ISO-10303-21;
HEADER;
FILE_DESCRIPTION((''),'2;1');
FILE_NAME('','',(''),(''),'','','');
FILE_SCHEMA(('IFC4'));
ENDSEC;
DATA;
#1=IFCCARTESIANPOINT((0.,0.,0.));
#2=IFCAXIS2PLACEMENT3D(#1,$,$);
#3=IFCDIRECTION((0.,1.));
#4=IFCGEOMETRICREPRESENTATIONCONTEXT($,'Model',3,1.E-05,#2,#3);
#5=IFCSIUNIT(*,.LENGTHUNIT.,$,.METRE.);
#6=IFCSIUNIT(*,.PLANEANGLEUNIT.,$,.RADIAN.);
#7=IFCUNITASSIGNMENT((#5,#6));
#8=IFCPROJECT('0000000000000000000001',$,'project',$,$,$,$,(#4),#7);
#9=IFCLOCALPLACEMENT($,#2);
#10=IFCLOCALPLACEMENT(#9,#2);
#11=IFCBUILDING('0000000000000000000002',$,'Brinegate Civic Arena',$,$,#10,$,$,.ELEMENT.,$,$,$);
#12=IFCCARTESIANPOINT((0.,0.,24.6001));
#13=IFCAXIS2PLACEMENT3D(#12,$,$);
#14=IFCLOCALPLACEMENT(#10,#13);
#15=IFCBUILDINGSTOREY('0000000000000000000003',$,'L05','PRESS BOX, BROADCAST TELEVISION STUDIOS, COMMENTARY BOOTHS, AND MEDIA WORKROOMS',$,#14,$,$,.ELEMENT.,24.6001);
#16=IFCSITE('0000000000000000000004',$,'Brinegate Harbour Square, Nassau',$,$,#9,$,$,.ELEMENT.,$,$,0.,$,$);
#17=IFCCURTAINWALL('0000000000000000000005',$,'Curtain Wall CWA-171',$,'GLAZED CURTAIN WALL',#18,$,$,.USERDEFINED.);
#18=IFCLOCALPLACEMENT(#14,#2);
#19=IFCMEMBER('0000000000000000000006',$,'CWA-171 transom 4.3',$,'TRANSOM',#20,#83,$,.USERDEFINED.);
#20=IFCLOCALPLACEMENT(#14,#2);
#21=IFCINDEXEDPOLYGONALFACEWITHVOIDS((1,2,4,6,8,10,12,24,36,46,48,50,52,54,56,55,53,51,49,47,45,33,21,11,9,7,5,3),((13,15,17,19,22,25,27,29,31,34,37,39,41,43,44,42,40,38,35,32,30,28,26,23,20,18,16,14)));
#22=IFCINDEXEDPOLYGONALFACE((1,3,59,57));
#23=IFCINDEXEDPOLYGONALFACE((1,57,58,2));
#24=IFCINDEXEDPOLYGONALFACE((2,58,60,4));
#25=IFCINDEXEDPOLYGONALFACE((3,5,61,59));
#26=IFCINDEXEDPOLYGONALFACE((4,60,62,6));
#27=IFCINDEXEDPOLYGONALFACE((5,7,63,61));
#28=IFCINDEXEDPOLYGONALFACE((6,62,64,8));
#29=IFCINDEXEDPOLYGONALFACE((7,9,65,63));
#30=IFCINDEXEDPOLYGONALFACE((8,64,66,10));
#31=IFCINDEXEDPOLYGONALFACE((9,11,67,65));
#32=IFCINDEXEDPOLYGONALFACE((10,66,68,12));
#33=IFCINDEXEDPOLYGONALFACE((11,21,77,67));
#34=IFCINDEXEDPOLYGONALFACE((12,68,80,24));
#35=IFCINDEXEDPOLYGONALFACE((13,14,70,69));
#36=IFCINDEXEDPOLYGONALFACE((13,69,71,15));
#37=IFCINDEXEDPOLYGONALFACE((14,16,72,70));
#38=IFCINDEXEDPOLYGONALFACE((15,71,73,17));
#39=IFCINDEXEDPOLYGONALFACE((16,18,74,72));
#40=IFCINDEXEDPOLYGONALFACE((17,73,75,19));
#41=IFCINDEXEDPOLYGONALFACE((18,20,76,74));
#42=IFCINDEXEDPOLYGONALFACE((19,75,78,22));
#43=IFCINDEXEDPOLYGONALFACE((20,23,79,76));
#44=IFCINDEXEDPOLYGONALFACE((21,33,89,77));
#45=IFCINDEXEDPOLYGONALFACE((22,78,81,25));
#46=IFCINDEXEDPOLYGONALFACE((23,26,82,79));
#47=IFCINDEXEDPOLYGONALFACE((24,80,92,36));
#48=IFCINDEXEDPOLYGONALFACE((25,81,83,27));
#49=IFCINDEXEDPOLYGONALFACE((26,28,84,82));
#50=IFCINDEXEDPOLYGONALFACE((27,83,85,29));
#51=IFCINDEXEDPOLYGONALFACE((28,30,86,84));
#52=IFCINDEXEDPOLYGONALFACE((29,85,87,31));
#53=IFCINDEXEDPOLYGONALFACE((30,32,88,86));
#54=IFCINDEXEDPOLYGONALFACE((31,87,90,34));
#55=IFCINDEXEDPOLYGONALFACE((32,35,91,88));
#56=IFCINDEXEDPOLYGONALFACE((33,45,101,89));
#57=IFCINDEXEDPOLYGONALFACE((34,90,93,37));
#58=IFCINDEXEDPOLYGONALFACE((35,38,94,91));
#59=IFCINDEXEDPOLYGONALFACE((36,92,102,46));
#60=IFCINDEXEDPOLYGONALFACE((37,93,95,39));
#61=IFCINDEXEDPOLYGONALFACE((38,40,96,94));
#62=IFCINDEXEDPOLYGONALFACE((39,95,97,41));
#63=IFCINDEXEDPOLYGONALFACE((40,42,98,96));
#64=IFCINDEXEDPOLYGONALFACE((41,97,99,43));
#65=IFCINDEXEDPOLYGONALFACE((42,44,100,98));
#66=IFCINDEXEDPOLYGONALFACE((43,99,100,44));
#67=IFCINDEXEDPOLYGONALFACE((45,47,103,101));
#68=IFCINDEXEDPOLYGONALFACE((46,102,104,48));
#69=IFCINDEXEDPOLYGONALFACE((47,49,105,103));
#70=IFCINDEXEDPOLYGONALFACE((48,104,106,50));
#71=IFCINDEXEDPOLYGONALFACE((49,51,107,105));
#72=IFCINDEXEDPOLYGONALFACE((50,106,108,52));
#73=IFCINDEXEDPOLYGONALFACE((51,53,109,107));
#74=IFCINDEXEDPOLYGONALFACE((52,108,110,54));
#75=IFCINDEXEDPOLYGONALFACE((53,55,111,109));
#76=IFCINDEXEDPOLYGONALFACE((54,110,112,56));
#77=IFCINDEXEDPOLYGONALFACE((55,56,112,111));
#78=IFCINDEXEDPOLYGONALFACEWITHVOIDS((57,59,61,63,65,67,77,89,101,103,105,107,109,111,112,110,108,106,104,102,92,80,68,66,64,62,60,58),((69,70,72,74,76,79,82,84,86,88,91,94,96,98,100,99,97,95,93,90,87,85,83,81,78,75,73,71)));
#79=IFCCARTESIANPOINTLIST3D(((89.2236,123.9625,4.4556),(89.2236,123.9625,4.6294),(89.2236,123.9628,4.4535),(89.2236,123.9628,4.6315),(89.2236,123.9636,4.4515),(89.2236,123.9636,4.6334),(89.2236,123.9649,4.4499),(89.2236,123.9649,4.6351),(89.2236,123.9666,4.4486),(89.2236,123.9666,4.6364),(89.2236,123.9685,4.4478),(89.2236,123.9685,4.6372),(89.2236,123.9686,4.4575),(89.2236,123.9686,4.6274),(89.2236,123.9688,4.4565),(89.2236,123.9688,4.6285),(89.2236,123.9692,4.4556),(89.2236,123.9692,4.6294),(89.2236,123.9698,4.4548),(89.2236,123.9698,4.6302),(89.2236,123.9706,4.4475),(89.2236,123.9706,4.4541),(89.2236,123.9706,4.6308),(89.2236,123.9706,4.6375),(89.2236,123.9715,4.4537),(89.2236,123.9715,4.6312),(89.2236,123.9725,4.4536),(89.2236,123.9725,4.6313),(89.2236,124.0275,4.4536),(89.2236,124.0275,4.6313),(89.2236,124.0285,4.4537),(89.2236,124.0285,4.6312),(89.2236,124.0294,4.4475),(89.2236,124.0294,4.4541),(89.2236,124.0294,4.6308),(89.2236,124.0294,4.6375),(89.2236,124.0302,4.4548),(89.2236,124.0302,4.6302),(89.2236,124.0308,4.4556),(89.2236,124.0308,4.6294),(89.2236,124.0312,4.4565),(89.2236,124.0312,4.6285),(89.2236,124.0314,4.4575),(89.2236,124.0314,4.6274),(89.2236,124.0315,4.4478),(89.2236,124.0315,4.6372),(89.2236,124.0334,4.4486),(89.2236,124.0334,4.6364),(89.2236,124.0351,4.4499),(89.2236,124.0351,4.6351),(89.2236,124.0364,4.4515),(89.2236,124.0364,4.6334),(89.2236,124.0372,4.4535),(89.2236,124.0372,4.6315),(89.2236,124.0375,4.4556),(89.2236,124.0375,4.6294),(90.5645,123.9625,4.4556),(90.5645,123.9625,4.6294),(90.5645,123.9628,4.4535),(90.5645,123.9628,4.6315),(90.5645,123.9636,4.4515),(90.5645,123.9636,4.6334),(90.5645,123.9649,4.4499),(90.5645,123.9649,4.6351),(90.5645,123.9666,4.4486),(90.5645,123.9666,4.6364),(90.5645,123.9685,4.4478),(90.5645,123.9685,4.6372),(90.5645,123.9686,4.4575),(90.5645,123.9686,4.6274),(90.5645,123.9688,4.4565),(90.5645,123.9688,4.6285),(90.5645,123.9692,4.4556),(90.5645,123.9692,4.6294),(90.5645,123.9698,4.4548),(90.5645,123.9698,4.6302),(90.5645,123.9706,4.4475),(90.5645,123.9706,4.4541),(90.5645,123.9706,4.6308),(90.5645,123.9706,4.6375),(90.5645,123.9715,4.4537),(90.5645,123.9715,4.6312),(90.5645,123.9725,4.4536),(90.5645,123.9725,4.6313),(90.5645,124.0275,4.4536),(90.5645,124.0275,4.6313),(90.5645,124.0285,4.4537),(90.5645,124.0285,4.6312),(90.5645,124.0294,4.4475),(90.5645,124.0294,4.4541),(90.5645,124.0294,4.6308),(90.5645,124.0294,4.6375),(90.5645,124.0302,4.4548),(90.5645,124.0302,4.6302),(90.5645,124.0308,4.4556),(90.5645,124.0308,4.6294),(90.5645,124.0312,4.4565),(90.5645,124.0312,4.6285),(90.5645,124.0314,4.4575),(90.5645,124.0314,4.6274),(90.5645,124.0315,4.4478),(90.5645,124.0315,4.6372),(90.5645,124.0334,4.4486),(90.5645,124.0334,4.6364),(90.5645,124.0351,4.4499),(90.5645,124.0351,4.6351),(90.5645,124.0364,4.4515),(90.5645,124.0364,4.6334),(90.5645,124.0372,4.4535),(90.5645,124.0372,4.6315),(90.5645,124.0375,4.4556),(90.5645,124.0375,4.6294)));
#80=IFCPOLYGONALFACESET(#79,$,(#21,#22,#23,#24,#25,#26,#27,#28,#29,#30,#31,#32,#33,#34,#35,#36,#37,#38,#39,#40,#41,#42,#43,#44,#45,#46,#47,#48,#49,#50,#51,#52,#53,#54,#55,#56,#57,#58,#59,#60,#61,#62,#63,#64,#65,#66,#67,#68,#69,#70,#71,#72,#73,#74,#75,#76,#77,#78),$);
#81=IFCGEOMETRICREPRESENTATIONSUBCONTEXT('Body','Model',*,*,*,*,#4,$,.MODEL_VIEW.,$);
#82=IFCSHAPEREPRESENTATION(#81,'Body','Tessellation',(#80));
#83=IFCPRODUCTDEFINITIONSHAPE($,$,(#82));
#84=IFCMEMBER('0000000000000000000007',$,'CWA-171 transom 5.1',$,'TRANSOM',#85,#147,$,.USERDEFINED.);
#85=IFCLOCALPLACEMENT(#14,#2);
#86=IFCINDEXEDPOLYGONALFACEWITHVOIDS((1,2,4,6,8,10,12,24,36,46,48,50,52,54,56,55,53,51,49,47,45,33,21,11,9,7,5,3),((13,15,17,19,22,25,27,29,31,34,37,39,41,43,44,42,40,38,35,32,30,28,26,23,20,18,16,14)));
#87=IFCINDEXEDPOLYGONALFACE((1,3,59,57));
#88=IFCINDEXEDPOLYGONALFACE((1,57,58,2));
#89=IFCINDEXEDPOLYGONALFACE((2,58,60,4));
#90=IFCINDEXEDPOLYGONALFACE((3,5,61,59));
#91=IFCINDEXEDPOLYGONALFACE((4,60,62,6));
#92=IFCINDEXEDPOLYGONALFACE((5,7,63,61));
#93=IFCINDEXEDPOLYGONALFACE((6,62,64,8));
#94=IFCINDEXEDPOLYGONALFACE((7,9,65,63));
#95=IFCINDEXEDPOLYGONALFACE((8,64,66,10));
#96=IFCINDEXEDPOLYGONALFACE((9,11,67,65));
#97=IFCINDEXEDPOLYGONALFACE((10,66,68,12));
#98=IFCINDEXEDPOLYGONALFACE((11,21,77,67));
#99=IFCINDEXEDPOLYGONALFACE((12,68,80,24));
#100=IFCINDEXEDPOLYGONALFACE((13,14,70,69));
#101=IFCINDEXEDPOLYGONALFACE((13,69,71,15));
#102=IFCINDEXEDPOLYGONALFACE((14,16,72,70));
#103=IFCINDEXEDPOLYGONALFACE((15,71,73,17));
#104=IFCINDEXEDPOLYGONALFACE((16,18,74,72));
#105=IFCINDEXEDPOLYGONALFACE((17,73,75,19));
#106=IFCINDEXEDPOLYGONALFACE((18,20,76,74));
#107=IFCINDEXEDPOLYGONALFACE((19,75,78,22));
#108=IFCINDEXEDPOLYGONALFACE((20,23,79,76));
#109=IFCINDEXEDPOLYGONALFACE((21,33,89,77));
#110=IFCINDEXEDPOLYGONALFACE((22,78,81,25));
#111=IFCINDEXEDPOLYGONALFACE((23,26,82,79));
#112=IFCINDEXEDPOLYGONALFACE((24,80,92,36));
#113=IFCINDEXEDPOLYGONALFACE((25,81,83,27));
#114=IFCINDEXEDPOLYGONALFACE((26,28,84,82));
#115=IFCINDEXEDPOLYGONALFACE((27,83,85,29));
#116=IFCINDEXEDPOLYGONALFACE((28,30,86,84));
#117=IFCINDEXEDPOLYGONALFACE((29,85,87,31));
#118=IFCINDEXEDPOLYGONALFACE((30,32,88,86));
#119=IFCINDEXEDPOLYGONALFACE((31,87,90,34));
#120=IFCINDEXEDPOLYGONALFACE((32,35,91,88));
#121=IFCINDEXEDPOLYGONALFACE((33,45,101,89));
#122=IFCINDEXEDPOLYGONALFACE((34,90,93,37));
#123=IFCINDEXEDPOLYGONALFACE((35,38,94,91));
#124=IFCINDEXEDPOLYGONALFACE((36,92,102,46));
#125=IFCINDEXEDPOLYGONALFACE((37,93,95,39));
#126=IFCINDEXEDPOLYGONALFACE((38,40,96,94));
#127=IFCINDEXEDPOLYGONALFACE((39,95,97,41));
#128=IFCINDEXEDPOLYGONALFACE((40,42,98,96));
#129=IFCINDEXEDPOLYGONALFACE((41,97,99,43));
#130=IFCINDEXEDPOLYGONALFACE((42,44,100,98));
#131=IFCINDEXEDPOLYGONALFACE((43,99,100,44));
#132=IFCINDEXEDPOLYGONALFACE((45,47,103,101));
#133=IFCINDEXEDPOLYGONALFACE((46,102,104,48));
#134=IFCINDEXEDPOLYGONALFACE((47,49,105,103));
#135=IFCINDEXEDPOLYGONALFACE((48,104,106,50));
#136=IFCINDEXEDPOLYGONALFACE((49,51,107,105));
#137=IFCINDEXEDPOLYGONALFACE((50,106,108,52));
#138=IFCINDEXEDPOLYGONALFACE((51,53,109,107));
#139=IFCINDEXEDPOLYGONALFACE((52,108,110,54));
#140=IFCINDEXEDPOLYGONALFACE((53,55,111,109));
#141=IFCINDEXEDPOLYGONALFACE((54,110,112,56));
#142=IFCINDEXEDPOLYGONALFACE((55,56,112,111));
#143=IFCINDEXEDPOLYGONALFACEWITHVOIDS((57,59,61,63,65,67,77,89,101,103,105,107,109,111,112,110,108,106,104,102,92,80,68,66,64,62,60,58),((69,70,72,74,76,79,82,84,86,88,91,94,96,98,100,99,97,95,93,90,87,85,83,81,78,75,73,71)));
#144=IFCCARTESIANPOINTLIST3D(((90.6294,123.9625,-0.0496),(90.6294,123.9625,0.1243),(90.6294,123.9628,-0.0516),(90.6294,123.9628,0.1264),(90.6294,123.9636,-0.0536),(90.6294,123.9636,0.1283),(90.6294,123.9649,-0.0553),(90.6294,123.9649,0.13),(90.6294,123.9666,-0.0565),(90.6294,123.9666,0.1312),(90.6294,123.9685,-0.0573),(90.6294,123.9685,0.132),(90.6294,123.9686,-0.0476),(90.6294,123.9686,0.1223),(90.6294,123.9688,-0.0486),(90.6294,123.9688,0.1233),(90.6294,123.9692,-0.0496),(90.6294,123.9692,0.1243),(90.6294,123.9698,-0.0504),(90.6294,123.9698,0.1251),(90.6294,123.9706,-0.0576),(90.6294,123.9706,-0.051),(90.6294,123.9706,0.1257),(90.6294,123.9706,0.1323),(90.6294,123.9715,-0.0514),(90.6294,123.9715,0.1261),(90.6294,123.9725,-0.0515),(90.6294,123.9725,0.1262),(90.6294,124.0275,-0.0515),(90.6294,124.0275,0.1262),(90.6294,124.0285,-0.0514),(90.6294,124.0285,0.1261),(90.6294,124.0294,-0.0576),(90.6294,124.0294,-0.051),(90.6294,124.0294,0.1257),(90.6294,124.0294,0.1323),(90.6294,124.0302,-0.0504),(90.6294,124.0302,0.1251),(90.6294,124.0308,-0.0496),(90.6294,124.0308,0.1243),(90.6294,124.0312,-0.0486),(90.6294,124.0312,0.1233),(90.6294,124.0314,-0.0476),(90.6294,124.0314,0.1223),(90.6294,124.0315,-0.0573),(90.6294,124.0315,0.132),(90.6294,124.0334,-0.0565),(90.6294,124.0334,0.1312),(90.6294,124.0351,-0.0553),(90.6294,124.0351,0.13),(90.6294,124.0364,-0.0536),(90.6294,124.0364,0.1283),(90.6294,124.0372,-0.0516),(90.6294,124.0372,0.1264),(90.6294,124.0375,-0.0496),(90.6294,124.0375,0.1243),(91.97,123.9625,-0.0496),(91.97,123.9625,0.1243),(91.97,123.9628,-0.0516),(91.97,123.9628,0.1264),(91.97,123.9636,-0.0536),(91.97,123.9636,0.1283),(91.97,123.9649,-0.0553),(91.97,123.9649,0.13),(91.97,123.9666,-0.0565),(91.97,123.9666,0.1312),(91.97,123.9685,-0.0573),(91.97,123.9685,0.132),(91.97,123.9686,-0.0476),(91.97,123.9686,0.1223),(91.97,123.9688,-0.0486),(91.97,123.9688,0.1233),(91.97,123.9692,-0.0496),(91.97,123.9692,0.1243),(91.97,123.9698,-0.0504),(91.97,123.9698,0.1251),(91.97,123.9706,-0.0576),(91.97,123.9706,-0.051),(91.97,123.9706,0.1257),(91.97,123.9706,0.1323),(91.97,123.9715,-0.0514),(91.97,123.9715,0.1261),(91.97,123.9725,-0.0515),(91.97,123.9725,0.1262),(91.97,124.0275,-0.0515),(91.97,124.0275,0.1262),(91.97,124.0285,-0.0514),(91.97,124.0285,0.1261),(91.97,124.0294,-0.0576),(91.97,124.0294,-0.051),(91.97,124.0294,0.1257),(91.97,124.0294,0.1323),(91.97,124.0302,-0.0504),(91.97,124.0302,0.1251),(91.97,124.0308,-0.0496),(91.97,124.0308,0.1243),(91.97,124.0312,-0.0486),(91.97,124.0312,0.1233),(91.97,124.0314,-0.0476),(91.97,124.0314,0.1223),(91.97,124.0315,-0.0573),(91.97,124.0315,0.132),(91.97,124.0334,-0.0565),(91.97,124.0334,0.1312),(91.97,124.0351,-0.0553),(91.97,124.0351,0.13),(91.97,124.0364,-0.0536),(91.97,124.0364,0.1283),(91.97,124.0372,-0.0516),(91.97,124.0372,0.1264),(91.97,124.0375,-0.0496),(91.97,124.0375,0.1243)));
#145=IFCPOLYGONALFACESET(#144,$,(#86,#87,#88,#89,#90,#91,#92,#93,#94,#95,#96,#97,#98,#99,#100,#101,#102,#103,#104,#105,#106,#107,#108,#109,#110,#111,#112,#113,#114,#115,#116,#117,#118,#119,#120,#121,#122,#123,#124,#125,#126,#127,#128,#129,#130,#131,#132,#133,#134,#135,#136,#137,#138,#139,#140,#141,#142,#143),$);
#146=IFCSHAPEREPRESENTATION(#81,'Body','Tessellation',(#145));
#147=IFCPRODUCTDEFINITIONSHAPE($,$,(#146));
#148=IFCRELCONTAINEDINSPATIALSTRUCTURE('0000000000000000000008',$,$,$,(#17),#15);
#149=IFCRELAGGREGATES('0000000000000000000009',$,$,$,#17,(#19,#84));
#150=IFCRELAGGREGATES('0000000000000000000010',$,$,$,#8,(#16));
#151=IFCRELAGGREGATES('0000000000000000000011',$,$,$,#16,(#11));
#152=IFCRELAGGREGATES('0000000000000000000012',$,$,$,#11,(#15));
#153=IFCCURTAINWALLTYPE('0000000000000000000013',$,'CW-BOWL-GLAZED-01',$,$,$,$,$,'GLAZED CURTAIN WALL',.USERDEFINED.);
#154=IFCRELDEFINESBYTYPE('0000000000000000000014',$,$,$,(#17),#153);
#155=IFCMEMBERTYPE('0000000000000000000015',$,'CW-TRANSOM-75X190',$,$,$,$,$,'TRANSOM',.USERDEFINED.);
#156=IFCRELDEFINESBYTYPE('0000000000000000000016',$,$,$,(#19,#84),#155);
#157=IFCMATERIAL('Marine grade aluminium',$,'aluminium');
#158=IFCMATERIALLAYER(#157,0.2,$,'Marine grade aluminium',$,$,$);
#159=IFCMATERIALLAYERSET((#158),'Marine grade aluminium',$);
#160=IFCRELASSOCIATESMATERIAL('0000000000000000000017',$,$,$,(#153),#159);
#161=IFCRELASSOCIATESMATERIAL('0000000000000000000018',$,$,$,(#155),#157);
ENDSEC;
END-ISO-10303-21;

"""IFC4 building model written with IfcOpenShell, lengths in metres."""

from ifc_helpers import new_model, si_unit, direction, frame, origin, origin_2d, place, context, subcontext, project, spatial, hollow_rectangle, extrude, material, layer, layer_set, material_profile, profile_set, type_object, element, aggregate, save


model = new_model("IFC4")

# Units and contexts
model_context = context("Model", 3, precision=1e-05, world=origin(), true_north=direction((0.0, 1.0)))
body_context = subcontext(model_context, "Body", "Model", "MODEL_VIEW")
ifc_project = project(units=[si_unit("LENGTHUNIT", "METRE"), si_unit("PLANEANGLEUNIT", "RADIAN")], contexts=[model_context])

# Site, building, storey
site_placement = place(None, origin())
site = spatial("IfcSite", under=ifc_project, at=site_placement, Name="Brinegate Harbour Square, Nassau", CompositionType="ELEMENT", RefElevation=0.0)
building_placement = place(site_placement, origin())
building = spatial("IfcBuilding", under=site, at=building_placement, Name="Brinegate Civic Arena", CompositionType="ELEMENT")
storey_placement = place(building_placement, frame((0.0, 0.0, 24.6001)))
storey = spatial("IfcBuildingStorey", under=building, at=storey_placement, Name="L05", Description="PRESS BOX, BROADCAST TELEVISION STUDIOS, COMMENTARY BOOTHS, AND MEDIA WORKROOMS", CompositionType="ELEMENT", Elevation=24.6001)

# Curtain wall, members
ifc_material_1 = material(Name="Marine grade aluminium", Category="aluminium")
ifc_layer_1 = layer(ifc_material_1, 0.2, Name="Marine grade aluminium")
ifc_layer_set_1 = layer_set([ifc_layer_1], Name="Marine grade aluminium")
curtain_wall_type = type_object("IfcCurtainWallType", Name="CW-BOWL-GLAZED-01", ElementType="GLAZED CURTAIN WALL", PredefinedType="USERDEFINED", material=ifc_layer_set_1)
curtain_wall_placement = place(storey_placement, origin())
curtain_wall = element("IfcCurtainWall", 1, at=curtain_wall_placement, inside=storey, type_object=curtain_wall_type, Name="Curtain Wall CWA-171", ObjectType="GLAZED CURTAIN WALL", PredefinedType="USERDEFINED")
ifc_material_profile_1 = material_profile(ifc_material_1, hollow_rectangle(XDim=0.075, YDim=0.1899, WallThickness=0.0061, InnerFilletRadius=0.0039, OuterFilletRadius=0.0081, at=origin_2d()), Name="TRN75X190")
ifc_profile_set_1 = profile_set([ifc_material_profile_1], Name="Marine grade aluminium")
member_type_1 = type_object("IfcMemberType", Name="CW-TRANSOM-75X190", ElementType="TRANSOM", PredefinedType="USERDEFINED", material=ifc_profile_set_1)
member_1_placement = place(storey_placement, frame((89.2236, 124.0, 4.5425), z_axis=(1.0, 0.0, 0.0), x_axis=(0.0, 1.0, 0.0)))
member_1 = element("IfcMember", 2, at=member_1_placement, type_object=member_type_1, Name="CWA-171 transom 4.3", ObjectType="TRANSOM", PredefinedType="USERDEFINED", context=body_context, shape_type="SweptSolid", body=[
    extrude(hollow_rectangle(XDim=0.075, YDim=0.1899, WallThickness=0.0061, InnerFilletRadius=0.0039, OuterFilletRadius=0.0081, at=origin_2d()), origin(), (0.0, 0.0, 1.0), 1.3408),
])
member_2_placement = place(storey_placement, frame((90.6294, 124.0, 0.0374), z_axis=(1.0, 0.0, 0.0), x_axis=(0.0, 1.0, 0.0)))
member_2 = element("IfcMember", 3, at=member_2_placement, type_object=member_type_1, Name="CWA-171 transom 5.1", ObjectType="TRANSOM", PredefinedType="USERDEFINED", context=body_context, shape_type="SweptSolid", body=[
    extrude(hollow_rectangle(XDim=0.075, YDim=0.1899, WallThickness=0.0061, InnerFilletRadius=0.0039, OuterFilletRadius=0.0081, at=origin_2d()), origin(), (0.0, 0.0, 1.0), 1.3406),
])
aggregate(curtain_wall, [member_1, member_2])

save(model, "model.ifc")
